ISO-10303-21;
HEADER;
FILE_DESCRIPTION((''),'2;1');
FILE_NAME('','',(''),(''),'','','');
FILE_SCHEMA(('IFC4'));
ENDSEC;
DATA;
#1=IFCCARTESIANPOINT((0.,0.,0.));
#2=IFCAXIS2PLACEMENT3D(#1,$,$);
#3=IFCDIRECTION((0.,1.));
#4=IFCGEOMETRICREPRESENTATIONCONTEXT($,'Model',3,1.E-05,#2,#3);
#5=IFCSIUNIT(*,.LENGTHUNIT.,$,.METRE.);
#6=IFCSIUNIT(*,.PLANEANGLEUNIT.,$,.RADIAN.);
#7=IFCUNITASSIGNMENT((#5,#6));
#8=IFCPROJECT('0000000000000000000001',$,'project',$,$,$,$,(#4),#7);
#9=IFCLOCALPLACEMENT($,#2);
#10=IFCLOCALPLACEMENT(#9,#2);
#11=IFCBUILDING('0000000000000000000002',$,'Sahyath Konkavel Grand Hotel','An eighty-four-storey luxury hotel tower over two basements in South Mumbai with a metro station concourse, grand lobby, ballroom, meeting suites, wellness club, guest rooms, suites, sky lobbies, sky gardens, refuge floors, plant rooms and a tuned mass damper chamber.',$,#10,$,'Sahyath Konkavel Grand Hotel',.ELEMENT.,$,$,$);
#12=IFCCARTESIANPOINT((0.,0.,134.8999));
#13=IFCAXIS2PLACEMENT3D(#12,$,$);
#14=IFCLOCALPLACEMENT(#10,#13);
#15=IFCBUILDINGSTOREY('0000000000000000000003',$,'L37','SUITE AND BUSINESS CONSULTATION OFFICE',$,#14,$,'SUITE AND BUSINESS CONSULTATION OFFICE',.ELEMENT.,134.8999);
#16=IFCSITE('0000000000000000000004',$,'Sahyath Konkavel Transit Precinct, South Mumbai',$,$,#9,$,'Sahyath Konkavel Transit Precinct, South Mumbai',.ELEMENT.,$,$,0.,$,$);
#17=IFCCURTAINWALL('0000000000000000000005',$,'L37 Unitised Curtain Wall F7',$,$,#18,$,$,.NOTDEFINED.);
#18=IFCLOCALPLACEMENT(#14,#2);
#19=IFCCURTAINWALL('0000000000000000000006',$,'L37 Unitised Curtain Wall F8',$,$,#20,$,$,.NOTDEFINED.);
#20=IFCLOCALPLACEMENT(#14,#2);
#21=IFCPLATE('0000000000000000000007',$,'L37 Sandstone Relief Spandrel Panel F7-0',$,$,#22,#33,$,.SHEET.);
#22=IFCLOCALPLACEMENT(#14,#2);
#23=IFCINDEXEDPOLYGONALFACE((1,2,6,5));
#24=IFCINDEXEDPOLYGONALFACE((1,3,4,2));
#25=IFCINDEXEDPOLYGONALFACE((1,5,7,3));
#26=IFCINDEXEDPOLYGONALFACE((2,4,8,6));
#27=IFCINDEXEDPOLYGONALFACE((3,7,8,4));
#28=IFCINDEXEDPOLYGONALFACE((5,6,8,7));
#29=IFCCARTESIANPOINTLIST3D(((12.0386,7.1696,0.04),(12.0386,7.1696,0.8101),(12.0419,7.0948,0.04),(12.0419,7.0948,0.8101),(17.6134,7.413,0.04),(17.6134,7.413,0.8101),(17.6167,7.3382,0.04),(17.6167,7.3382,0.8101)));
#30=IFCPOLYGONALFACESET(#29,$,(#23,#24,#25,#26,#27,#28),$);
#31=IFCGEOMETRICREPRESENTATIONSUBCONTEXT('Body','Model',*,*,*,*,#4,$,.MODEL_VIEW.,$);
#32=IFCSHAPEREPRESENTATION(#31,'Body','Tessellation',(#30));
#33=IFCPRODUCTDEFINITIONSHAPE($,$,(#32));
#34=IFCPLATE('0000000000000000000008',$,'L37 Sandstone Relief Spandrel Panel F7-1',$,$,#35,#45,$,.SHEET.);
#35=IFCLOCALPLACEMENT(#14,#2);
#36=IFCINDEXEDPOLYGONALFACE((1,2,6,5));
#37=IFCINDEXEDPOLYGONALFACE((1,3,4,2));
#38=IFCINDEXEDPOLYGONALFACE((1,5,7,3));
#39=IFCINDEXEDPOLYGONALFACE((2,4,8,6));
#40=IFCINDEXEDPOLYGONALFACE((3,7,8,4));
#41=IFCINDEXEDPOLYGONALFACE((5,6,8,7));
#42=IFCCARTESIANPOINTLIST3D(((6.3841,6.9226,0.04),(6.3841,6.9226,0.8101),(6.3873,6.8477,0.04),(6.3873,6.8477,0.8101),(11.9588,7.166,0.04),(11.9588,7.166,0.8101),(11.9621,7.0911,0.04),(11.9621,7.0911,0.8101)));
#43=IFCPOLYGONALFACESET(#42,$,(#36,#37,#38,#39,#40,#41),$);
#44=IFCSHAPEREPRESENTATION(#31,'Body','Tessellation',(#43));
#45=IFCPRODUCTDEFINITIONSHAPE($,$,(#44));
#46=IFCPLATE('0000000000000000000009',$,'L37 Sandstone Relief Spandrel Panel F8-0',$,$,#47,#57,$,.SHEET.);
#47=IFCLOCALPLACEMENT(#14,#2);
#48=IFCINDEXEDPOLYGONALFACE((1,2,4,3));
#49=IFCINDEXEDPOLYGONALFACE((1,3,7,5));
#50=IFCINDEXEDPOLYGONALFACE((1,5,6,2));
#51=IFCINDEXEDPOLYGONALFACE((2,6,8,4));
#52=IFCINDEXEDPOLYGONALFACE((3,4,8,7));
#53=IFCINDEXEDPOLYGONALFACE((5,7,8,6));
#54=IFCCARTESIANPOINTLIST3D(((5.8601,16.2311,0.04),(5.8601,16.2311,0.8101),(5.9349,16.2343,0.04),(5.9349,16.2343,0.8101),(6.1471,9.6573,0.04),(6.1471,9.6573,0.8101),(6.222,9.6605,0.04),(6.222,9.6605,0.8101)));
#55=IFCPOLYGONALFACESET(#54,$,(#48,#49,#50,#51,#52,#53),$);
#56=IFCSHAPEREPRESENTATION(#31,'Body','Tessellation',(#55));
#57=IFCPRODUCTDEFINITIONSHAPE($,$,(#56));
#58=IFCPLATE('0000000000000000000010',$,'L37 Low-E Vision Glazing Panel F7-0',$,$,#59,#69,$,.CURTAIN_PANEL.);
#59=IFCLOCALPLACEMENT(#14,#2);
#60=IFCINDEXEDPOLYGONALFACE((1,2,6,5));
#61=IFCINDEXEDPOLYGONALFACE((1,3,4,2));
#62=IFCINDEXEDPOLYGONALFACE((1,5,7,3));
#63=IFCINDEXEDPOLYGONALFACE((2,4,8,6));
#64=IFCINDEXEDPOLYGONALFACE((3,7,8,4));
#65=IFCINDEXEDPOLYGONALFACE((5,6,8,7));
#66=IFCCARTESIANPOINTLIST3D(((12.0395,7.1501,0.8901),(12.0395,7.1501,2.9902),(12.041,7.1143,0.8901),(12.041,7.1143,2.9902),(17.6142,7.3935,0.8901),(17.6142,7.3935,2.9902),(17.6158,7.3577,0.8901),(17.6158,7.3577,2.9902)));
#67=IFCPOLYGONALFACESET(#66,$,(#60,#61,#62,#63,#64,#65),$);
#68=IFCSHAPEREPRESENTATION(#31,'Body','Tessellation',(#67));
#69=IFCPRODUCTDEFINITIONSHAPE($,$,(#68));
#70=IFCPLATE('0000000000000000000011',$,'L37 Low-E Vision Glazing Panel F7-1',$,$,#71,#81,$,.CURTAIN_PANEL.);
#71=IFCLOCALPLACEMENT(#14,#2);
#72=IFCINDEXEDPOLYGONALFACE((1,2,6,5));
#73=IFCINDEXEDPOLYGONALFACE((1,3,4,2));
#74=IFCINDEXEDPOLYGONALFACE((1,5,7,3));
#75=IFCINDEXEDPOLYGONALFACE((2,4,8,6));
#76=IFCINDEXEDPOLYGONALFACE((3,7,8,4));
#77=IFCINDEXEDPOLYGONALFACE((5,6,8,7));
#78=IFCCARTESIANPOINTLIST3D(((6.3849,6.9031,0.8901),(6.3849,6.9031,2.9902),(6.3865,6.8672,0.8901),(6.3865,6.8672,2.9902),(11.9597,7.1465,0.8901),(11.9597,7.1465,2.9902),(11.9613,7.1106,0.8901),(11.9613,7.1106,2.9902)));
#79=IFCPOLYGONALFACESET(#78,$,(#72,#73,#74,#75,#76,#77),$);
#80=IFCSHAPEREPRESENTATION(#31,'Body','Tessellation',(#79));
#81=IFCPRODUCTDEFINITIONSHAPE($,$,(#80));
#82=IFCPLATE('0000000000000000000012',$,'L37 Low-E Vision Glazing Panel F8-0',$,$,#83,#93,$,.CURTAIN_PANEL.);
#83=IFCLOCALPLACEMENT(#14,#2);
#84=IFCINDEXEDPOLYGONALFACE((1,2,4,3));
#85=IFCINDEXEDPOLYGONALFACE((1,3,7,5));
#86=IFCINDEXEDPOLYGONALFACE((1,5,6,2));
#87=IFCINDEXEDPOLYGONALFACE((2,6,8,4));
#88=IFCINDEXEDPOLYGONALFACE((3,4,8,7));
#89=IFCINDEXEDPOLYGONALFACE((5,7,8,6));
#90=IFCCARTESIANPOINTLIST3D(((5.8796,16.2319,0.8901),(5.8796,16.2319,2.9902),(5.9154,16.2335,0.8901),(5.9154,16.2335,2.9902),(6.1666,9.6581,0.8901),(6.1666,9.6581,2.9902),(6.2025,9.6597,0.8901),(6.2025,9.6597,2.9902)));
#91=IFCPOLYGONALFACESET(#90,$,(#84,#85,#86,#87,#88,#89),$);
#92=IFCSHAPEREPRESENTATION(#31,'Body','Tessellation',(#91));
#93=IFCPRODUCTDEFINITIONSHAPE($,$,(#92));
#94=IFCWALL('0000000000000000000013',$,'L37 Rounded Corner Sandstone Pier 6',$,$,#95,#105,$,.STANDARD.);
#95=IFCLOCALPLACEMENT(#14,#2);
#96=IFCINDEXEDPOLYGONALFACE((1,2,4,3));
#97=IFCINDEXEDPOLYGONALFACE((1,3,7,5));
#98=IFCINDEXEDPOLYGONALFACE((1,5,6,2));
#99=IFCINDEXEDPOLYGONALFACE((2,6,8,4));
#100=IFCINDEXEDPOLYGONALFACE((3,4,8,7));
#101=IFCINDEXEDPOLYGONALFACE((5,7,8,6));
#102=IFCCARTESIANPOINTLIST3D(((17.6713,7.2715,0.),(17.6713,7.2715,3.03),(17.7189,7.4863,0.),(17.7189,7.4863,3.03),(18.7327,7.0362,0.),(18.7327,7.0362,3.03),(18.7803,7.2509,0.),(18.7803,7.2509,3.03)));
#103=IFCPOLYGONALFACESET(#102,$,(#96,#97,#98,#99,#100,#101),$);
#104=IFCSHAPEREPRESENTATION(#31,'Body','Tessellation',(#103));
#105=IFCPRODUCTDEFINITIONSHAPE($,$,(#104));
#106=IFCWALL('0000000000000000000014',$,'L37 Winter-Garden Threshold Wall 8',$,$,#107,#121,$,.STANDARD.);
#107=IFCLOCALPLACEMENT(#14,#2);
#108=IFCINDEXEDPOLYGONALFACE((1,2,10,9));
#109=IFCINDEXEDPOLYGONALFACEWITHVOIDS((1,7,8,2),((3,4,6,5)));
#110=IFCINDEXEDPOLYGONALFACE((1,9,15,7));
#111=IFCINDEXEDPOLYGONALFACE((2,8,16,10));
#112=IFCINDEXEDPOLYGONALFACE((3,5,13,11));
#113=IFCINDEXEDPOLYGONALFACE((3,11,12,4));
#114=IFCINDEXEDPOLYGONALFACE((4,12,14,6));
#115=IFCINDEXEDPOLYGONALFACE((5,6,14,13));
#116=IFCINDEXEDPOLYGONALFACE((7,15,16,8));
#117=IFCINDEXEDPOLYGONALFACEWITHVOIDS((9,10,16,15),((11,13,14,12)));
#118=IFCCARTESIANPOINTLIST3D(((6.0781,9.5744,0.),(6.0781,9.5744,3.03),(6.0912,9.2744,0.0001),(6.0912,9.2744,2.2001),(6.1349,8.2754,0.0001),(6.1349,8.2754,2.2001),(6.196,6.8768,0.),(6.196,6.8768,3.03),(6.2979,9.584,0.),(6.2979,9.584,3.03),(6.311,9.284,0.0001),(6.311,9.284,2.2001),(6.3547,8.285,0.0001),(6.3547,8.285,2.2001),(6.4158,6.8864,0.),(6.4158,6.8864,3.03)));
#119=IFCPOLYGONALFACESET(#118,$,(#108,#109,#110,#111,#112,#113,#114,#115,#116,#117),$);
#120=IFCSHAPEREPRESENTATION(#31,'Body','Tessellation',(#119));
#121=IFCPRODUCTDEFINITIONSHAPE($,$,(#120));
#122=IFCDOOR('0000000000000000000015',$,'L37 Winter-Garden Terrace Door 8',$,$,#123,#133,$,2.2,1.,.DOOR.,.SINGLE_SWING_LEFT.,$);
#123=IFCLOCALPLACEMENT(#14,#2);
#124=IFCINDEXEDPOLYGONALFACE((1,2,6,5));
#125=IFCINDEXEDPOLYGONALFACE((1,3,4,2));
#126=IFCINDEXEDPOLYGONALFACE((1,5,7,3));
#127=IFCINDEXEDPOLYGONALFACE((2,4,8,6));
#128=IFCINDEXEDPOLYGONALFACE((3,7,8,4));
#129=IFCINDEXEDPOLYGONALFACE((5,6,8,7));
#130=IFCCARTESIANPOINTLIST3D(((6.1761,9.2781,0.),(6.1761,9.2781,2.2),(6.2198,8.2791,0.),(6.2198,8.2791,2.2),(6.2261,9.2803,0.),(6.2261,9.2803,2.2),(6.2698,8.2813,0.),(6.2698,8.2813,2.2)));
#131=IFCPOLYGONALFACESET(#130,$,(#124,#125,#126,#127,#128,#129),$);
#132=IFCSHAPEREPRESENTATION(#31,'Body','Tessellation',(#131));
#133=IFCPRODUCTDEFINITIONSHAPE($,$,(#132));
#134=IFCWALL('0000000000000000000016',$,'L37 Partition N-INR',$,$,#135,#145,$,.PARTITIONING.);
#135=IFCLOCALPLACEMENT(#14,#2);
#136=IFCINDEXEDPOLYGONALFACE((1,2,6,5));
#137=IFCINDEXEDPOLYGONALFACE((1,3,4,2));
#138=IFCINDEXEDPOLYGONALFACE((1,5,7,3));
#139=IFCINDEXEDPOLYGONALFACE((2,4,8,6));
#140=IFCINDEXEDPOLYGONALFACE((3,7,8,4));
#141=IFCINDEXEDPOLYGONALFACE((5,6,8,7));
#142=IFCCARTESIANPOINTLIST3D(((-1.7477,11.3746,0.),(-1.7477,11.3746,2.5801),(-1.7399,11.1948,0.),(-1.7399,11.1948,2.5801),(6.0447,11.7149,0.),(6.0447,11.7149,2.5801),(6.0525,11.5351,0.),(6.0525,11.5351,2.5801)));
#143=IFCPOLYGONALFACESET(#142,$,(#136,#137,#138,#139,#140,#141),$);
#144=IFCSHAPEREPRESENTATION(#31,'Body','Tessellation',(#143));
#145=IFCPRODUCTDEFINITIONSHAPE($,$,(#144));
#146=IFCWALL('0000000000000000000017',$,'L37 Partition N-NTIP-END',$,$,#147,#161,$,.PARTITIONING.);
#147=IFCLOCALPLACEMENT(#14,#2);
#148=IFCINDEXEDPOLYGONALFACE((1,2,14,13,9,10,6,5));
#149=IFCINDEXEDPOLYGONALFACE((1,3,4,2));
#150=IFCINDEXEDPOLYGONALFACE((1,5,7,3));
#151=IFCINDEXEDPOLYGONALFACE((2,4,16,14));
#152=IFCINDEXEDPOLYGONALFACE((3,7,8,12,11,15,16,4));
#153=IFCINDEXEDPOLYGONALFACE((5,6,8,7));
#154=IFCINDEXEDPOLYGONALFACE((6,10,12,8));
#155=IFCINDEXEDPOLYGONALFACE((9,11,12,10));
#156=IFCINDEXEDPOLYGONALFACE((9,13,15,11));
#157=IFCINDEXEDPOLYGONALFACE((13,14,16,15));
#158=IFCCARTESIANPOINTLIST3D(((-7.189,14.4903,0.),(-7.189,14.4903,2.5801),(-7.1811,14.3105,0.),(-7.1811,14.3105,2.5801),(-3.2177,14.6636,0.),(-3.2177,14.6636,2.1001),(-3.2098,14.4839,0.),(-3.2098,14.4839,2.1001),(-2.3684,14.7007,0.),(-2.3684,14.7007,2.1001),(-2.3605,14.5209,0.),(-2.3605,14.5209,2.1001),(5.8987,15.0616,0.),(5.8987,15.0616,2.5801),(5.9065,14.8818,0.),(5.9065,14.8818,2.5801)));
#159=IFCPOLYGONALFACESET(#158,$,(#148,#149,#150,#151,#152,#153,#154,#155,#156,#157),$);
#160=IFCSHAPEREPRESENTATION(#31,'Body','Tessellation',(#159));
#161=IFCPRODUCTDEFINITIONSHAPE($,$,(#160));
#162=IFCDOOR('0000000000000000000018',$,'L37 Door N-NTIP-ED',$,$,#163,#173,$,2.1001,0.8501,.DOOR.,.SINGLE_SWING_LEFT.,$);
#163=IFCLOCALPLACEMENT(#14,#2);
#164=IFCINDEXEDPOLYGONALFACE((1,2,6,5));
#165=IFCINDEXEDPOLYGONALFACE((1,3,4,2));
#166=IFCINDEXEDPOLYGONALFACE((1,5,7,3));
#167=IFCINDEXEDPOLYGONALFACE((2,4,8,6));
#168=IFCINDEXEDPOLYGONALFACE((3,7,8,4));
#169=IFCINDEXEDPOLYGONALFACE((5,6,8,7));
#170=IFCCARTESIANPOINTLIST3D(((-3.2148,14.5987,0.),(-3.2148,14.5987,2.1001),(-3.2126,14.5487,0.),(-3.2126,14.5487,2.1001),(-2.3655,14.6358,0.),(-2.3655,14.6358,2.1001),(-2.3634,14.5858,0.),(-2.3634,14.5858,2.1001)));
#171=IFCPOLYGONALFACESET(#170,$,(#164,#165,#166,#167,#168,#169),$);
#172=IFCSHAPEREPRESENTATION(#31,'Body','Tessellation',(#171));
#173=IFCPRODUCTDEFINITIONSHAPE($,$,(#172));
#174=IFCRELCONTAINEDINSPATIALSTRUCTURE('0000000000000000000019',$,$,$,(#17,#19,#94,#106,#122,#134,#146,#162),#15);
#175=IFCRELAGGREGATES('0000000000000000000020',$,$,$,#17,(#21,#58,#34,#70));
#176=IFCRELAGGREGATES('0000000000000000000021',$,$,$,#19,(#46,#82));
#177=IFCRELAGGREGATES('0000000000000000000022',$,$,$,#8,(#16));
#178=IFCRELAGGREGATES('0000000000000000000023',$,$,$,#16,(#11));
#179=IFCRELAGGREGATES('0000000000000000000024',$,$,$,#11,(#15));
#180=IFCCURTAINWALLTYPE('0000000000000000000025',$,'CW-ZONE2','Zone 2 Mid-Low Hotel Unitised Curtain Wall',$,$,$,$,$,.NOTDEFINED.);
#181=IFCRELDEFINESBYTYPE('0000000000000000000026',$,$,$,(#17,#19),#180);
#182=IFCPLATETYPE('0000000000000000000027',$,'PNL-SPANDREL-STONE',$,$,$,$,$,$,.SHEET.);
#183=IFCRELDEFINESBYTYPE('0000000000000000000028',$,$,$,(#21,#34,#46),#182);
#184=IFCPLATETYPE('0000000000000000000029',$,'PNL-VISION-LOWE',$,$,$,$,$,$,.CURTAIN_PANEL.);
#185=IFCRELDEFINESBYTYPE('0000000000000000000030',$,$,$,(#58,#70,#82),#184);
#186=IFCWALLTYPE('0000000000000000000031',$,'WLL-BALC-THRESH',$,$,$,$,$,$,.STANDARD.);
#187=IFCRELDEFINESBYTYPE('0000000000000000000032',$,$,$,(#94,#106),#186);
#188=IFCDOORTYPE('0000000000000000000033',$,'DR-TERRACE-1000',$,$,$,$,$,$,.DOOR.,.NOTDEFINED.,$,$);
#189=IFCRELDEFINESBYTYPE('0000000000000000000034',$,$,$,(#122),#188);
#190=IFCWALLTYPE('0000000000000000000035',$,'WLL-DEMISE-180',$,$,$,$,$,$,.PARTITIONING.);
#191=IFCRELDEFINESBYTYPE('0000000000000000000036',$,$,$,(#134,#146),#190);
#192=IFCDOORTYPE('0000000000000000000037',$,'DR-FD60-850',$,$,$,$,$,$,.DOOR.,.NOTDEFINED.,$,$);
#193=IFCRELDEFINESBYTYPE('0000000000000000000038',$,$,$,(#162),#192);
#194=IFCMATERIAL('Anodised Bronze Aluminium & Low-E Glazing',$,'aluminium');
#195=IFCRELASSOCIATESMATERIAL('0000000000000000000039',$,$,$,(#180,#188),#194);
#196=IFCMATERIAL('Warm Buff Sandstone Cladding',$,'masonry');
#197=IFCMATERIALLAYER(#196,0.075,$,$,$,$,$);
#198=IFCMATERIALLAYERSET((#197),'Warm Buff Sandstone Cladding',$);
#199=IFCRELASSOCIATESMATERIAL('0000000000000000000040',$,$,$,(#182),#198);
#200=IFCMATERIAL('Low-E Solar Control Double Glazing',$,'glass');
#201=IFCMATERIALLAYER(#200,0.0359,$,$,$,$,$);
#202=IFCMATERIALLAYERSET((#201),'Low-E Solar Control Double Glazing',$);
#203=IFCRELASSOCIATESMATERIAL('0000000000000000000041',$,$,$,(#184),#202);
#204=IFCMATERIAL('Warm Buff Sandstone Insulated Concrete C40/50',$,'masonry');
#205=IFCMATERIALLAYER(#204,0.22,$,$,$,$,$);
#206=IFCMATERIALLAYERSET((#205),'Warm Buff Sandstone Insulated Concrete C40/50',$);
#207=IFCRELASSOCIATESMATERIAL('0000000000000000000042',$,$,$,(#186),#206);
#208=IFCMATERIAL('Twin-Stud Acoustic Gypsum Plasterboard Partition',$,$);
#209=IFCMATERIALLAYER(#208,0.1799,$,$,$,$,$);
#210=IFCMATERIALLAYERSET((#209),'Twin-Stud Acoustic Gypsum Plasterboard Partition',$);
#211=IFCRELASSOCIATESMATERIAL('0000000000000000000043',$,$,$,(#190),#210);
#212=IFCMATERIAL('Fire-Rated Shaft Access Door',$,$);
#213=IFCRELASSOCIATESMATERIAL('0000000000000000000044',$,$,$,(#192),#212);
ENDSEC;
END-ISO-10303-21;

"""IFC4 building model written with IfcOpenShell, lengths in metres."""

from ifc_helpers import new_model, si_unit, direction, frame, frame_2d, origin, origin_2d, place, context, subcontext, project, spatial, rectangle, extrude, source, transform, mapped, material, layer, layer_set, type_object, element, fill, aggregate, save


model = new_model("IFC4")

# Units and contexts
model_context = context("Model", 3, precision=1e-05, world=origin(), true_north=direction((0.0, 1.0)))
body_context = subcontext(model_context, "Body", "Model", "MODEL_VIEW")
ifc_project = project(units=[si_unit("LENGTHUNIT", "METRE"), si_unit("PLANEANGLEUNIT", "RADIAN")], contexts=[model_context])

# Site, building, storey
site_placement = place(None, origin())
site = spatial("IfcSite", under=ifc_project, at=site_placement, Name="Sahyath Konkavel Transit Precinct, South Mumbai", LongName="Sahyath Konkavel Transit Precinct, South Mumbai", CompositionType="ELEMENT", RefElevation=0.0)
building_placement = place(site_placement, origin())
building = spatial("IfcBuilding", under=site, at=building_placement, Name="Sahyath Konkavel Grand Hotel", Description="An eighty-four-storey luxury hotel tower over two basements in South Mumbai with a metro station concourse, grand lobby, ballroom, meeting suites, wellness club, guest rooms, suites, sky lobbies, sky gardens, refuge floors, plant rooms and a tuned mass damper chamber.", LongName="Sahyath Konkavel Grand Hotel", CompositionType="ELEMENT")
storey_placement = place(building_placement, frame((0.0, 0.0, 134.8999)))
storey = spatial("IfcBuildingStorey", under=building, at=storey_placement, Name="L37", Description="SUITE AND BUSINESS CONSULTATION OFFICE", LongName="SUITE AND BUSINESS CONSULTATION OFFICE", CompositionType="ELEMENT", Elevation=134.8999)

# Curtain walls
ifc_material_1 = material(Name="Anodised Bronze Aluminium & Low-E Glazing", Category="aluminium")
curtain_wall_type = type_object("IfcCurtainWallType", Name="CW-ZONE2", Description="Zone 2 Mid-Low Hotel Unitised Curtain Wall", PredefinedType="NOTDEFINED", material=ifc_material_1)
curtain_wall_1_placement = place(storey_placement, origin())
curtain_wall_1 = element("IfcCurtainWall", 1, at=curtain_wall_1_placement, inside=storey, type_object=curtain_wall_type, Name="L37 Unitised Curtain Wall F7", PredefinedType="NOTDEFINED")
curtain_wall_2_placement = place(storey_placement, origin())
curtain_wall_2 = element("IfcCurtainWall", 2, at=curtain_wall_2_placement, inside=storey, type_object=curtain_wall_type, Name="L37 Unitised Curtain Wall F8", PredefinedType="NOTDEFINED")

# Plates
ifc_material_2 = material(Name="Warm Buff Sandstone Cladding", Category="masonry")
ifc_layer_1 = layer(ifc_material_2, 0.075)
ifc_layer_set_1 = layer_set([ifc_layer_1], Name="Warm Buff Sandstone Cladding")
plate_type_1 = type_object("IfcPlateType", Name="PNL-SPANDREL-STONE", PredefinedType="SHEET", material=ifc_layer_set_1)
shared_shape_1 = source(origin(), body_context, "Body", "SweptSolid", [
    extrude(rectangle(XDim=5.5801, YDim=0.075, at=origin_2d()), origin(), (0.0, 0.0, 1.0), 0.77),
])
plate_1_placement = place(storey_placement, frame((14.8276, 7.2539, 0.04), z_axis=(0.0, 0.0, 1.0), x_axis=(-0.999048, -0.043619, 0.0)))
plate_1 = element("IfcPlate", 3, at=plate_1_placement, type_object=plate_type_1, Name="L37 Sandstone Relief Spandrel Panel F7-0", PredefinedType="SHEET", context=body_context, shape_type="MappedRepresentation", body=[
    mapped(shared_shape_1, transform((0.0, 0.0, 0.0), scale=1.0)),
])
plate_2_placement = place(storey_placement, frame((9.1731, 7.0068, 0.04), z_axis=(0.0, 0.0, 1.0), x_axis=(-0.999048, -0.043619, 0.0)))
plate_2 = element("IfcPlate", 4, at=plate_2_placement, type_object=plate_type_1, Name="L37 Sandstone Relief Spandrel Panel F7-1", PredefinedType="SHEET", context=body_context, shape_type="MappedRepresentation", body=[
    mapped(shared_shape_1, transform((0.0, 0.0, 0.0), scale=1.0)),
])
shared_shape_2 = source(origin(), body_context, "Body", "SweptSolid", [
    extrude(rectangle(XDim=6.5801, YDim=0.075, at=origin_2d()), origin(), (0.0, 0.0, 1.0), 0.77),
])
plate_3_placement = place(storey_placement, frame((6.041, 12.9458, 0.04), z_axis=(0.0, 0.0, 1.0), x_axis=(-0.043619, 0.999048, 0.0)))
plate_3 = element("IfcPlate", 5, at=plate_3_placement, type_object=plate_type_1, Name="L37 Sandstone Relief Spandrel Panel F8-0", PredefinedType="SHEET", context=body_context, shape_type="MappedRepresentation", body=[
    mapped(shared_shape_2, transform((0.0, 0.0, 0.0), scale=1.0)),
])
ifc_material_3 = material(Name="Low-E Solar Control Double Glazing", Category="glass")
ifc_layer_2 = layer(ifc_material_3, 0.0359)
ifc_layer_set_2 = layer_set([ifc_layer_2], Name="Low-E Solar Control Double Glazing")
plate_type_2 = type_object("IfcPlateType", Name="PNL-VISION-LOWE", PredefinedType="CURTAIN_PANEL", material=ifc_layer_set_2)
shared_shape_3 = source(origin(), body_context, "Body", "SweptSolid", [
    extrude(rectangle(XDim=5.5801, YDim=0.0359, at=origin_2d()), origin(), (0.0, 0.0, 1.0), 2.1001),
])
plate_4_placement = place(storey_placement, frame((14.8276, 7.2539, 0.8901), z_axis=(0.0, 0.0, 1.0), x_axis=(-0.999048, -0.043619, 0.0)))
plate_4 = element("IfcPlate", 6, at=plate_4_placement, type_object=plate_type_2, Name="L37 Low-E Vision Glazing Panel F7-0", PredefinedType="CURTAIN_PANEL", context=body_context, shape_type="MappedRepresentation", body=[
    mapped(shared_shape_3, transform((0.0, 0.0, 0.0), scale=1.0)),
])
plate_5_placement = place(storey_placement, frame((9.1731, 7.0068, 0.8901), z_axis=(0.0, 0.0, 1.0), x_axis=(-0.999048, -0.043619, 0.0)))
plate_5 = element("IfcPlate", 7, at=plate_5_placement, type_object=plate_type_2, Name="L37 Low-E Vision Glazing Panel F7-1", PredefinedType="CURTAIN_PANEL", context=body_context, shape_type="MappedRepresentation", body=[
    mapped(shared_shape_3, transform((0.0, 0.0, 0.0), scale=1.0)),
])
aggregate(curtain_wall_1, [plate_1, plate_4, plate_2, plate_5])
shared_shape_4 = source(origin(), body_context, "Body", "SweptSolid", [
    extrude(rectangle(XDim=6.5801, YDim=0.0359, at=origin_2d()), origin(), (0.0, 0.0, 1.0), 2.1001),
])
plate_6_placement = place(storey_placement, frame((6.041, 12.9458, 0.8901), z_axis=(0.0, 0.0, 1.0), x_axis=(-0.043619, 0.999048, 0.0)))
plate_6 = element("IfcPlate", 8, at=plate_6_placement, type_object=plate_type_2, Name="L37 Low-E Vision Glazing Panel F8-0", PredefinedType="CURTAIN_PANEL", context=body_context, shape_type="MappedRepresentation", body=[
    mapped(shared_shape_4, transform((0.0, 0.0, 0.0), scale=1.0)),
])
aggregate(curtain_wall_2, [plate_3, plate_6])

# Wall
ifc_material_4 = material(Name="Warm Buff Sandstone Insulated Concrete C40/50", Category="masonry")
ifc_layer_3 = layer(ifc_material_4, 0.22)
ifc_layer_set_3 = layer_set([ifc_layer_3], Name="Warm Buff Sandstone Insulated Concrete C40/50")
wall_type_1 = type_object("IfcWallType", Name="WLL-BALC-THRESH", PredefinedType="STANDARD", material=ifc_layer_set_3)
wall_1_placement = place(storey_placement, frame((18.7563, 7.1436, 0.0), z_axis=(0.0, 0.0, 1.0), x_axis=(-0.976282, 0.216502, 0.0)))
element("IfcWall", 9, at=wall_1_placement, inside=storey, type_object=wall_type_1, Name="L37 Rounded Corner Sandstone Pier 6", PredefinedType="STANDARD", context=body_context, shape_type="SweptSolid", body=[
    extrude(rectangle(XDim=1.0872, YDim=0.22, at=frame_2d((0.5435, 0.0))), origin(), (0.0, 0.0, 1.0), 3.03),
])

# Wall, opening, door
wall_2_placement = place(storey_placement, frame((6.3059, 6.8816, 0.0), z_axis=(0.0, 0.0, 1.0), x_axis=(-0.043673, 0.999046, 0.0)))
wall_2 = element("IfcWall", 10, at=wall_2_placement, inside=storey, type_object=wall_type_1, Name="L37 Winter-Garden Threshold Wall 8", PredefinedType="STANDARD", context=body_context, shape_type="SweptSolid", body=[
    extrude(rectangle(XDim=2.7002, YDim=0.22, at=frame_2d((1.3501, 0.0))), origin(), (0.0, 0.0, 1.0), 3.03),
])
opening_1_placement = place(wall_2_placement, frame((1.3999, 0.0, 0.0)))
opening_1 = element("IfcOpeningElement", 11, at=opening_1_placement, cuts=wall_2, PredefinedType="OPENING", context=body_context, shape_type="SweptSolid", body=[
    extrude(rectangle(XDim=1.0, YDim=2.2, at=frame_2d((0.5, 1.1001))), frame((0.0, 0.1201, 0.0), z_axis=(0.0, -1.0, 0.0), x_axis=(1.0, 0.0, 0.0)), (0.0, 0.0, 1.0), 0.24),
])
door_type_1 = type_object("IfcDoorType", Name="DR-TERRACE-1000", OperationType="NOTDEFINED", PredefinedType="DOOR", material=ifc_material_1)
shared_shape_5 = source(origin(), body_context, "Body", "SweptSolid", [
    extrude(rectangle(XDim=1.0, YDim=0.05, at=origin_2d()), origin(), (0.0, 0.0, 1.0), 2.2),
])
door_1_placement = place(opening_1_placement, frame((0.5, 0.0, 0.0)))
door_1 = element("IfcDoor", 12, at=door_1_placement, inside=storey, type_object=door_type_1, Name="L37 Winter-Garden Terrace Door 8", OperationType="SINGLE_SWING_LEFT", OverallHeight=2.2, OverallWidth=1.0, PredefinedType="DOOR", context=body_context, shape_type="MappedRepresentation", body=[
    mapped(shared_shape_5, transform((0.0, 0.0, 0.0), scale=1.0)),
])
fill(opening_1, door_1)

# Wall
ifc_material_5 = material(Name="Twin-Stud Acoustic Gypsum Plasterboard Partition")
ifc_layer_4 = layer(ifc_material_5, 0.1799)
ifc_layer_set_4 = layer_set([ifc_layer_4], Name="Twin-Stud Acoustic Gypsum Plasterboard Partition")
wall_type_2 = type_object("IfcWallType", Name="WLL-DEMISE-180", PredefinedType="PARTITIONING", material=ifc_layer_set_4)
wall_3_placement = place(storey_placement, frame((6.0486, 11.625, 0.0), z_axis=(0.0, 0.0, 1.0), x_axis=(-0.999048, -0.043633, 0.0)))
element("IfcWall", 13, at=wall_3_placement, inside=storey, type_object=wall_type_2, Name="L37 Partition N-INR", PredefinedType="PARTITIONING", context=body_context, shape_type="SweptSolid", body=[
    extrude(rectangle(XDim=7.7998, YDim=0.1799, at=frame_2d((3.8999, 0.0))), origin(), (0.0, 0.0, 1.0), 2.5801),
])

# Wall, opening, door
wall_4_placement = place(storey_placement, frame((5.9026, 14.9717, 0.0), z_axis=(0.0, 0.0, 1.0), x_axis=(-0.999049, -0.043609, 0.0)))
wall_4 = element("IfcWall", 14, at=wall_4_placement, inside=storey, type_object=wall_type_2, Name="L37 Partition N-NTIP-END", PredefinedType="PARTITIONING", context=body_context, shape_type="SweptSolid", body=[
    extrude(rectangle(XDim=13.1001, YDim=0.1799, at=frame_2d((6.55, 0.0))), origin(), (0.0, 0.0, 1.0), 2.5801),
])
opening_2_placement = place(wall_4_placement, frame((8.2749, 0.0, 0.0)))
opening_2 = element("IfcOpeningElement", 15, at=opening_2_placement, cuts=wall_4, PredefinedType="OPENING", context=body_context, shape_type="SweptSolid", body=[
    extrude(rectangle(XDim=0.8501, YDim=2.1001, at=frame_2d((0.425, 1.05))), frame((0.0, 0.1001, 0.0), z_axis=(0.0, -1.0, 0.0), x_axis=(1.0, 0.0, 0.0)), (0.0, 0.0, 1.0), 0.2),
])
ifc_material_6 = material(Name="Fire-Rated Shaft Access Door")
door_type_2 = type_object("IfcDoorType", Name="DR-FD60-850", OperationType="NOTDEFINED", PredefinedType="DOOR", material=ifc_material_6)
shared_shape_6 = source(origin(), body_context, "Body", "SweptSolid", [
    extrude(rectangle(XDim=0.8501, YDim=0.05, at=origin_2d()), origin(), (0.0, 0.0, 1.0), 2.1001),
])
door_2_placement = place(opening_2_placement, frame((0.425, 0.0, 0.0)))
door_2 = element("IfcDoor", 16, at=door_2_placement, inside=storey, type_object=door_type_2, Name="L37 Door N-NTIP-ED", OperationType="SINGLE_SWING_LEFT", OverallHeight=2.1001, OverallWidth=0.8501, PredefinedType="DOOR", context=body_context, shape_type="MappedRepresentation", body=[
    mapped(shared_shape_6, transform((0.0, 0.0, 0.0), scale=1.0)),
])
fill(opening_2, door_2)

save(model, "model.ifc")
